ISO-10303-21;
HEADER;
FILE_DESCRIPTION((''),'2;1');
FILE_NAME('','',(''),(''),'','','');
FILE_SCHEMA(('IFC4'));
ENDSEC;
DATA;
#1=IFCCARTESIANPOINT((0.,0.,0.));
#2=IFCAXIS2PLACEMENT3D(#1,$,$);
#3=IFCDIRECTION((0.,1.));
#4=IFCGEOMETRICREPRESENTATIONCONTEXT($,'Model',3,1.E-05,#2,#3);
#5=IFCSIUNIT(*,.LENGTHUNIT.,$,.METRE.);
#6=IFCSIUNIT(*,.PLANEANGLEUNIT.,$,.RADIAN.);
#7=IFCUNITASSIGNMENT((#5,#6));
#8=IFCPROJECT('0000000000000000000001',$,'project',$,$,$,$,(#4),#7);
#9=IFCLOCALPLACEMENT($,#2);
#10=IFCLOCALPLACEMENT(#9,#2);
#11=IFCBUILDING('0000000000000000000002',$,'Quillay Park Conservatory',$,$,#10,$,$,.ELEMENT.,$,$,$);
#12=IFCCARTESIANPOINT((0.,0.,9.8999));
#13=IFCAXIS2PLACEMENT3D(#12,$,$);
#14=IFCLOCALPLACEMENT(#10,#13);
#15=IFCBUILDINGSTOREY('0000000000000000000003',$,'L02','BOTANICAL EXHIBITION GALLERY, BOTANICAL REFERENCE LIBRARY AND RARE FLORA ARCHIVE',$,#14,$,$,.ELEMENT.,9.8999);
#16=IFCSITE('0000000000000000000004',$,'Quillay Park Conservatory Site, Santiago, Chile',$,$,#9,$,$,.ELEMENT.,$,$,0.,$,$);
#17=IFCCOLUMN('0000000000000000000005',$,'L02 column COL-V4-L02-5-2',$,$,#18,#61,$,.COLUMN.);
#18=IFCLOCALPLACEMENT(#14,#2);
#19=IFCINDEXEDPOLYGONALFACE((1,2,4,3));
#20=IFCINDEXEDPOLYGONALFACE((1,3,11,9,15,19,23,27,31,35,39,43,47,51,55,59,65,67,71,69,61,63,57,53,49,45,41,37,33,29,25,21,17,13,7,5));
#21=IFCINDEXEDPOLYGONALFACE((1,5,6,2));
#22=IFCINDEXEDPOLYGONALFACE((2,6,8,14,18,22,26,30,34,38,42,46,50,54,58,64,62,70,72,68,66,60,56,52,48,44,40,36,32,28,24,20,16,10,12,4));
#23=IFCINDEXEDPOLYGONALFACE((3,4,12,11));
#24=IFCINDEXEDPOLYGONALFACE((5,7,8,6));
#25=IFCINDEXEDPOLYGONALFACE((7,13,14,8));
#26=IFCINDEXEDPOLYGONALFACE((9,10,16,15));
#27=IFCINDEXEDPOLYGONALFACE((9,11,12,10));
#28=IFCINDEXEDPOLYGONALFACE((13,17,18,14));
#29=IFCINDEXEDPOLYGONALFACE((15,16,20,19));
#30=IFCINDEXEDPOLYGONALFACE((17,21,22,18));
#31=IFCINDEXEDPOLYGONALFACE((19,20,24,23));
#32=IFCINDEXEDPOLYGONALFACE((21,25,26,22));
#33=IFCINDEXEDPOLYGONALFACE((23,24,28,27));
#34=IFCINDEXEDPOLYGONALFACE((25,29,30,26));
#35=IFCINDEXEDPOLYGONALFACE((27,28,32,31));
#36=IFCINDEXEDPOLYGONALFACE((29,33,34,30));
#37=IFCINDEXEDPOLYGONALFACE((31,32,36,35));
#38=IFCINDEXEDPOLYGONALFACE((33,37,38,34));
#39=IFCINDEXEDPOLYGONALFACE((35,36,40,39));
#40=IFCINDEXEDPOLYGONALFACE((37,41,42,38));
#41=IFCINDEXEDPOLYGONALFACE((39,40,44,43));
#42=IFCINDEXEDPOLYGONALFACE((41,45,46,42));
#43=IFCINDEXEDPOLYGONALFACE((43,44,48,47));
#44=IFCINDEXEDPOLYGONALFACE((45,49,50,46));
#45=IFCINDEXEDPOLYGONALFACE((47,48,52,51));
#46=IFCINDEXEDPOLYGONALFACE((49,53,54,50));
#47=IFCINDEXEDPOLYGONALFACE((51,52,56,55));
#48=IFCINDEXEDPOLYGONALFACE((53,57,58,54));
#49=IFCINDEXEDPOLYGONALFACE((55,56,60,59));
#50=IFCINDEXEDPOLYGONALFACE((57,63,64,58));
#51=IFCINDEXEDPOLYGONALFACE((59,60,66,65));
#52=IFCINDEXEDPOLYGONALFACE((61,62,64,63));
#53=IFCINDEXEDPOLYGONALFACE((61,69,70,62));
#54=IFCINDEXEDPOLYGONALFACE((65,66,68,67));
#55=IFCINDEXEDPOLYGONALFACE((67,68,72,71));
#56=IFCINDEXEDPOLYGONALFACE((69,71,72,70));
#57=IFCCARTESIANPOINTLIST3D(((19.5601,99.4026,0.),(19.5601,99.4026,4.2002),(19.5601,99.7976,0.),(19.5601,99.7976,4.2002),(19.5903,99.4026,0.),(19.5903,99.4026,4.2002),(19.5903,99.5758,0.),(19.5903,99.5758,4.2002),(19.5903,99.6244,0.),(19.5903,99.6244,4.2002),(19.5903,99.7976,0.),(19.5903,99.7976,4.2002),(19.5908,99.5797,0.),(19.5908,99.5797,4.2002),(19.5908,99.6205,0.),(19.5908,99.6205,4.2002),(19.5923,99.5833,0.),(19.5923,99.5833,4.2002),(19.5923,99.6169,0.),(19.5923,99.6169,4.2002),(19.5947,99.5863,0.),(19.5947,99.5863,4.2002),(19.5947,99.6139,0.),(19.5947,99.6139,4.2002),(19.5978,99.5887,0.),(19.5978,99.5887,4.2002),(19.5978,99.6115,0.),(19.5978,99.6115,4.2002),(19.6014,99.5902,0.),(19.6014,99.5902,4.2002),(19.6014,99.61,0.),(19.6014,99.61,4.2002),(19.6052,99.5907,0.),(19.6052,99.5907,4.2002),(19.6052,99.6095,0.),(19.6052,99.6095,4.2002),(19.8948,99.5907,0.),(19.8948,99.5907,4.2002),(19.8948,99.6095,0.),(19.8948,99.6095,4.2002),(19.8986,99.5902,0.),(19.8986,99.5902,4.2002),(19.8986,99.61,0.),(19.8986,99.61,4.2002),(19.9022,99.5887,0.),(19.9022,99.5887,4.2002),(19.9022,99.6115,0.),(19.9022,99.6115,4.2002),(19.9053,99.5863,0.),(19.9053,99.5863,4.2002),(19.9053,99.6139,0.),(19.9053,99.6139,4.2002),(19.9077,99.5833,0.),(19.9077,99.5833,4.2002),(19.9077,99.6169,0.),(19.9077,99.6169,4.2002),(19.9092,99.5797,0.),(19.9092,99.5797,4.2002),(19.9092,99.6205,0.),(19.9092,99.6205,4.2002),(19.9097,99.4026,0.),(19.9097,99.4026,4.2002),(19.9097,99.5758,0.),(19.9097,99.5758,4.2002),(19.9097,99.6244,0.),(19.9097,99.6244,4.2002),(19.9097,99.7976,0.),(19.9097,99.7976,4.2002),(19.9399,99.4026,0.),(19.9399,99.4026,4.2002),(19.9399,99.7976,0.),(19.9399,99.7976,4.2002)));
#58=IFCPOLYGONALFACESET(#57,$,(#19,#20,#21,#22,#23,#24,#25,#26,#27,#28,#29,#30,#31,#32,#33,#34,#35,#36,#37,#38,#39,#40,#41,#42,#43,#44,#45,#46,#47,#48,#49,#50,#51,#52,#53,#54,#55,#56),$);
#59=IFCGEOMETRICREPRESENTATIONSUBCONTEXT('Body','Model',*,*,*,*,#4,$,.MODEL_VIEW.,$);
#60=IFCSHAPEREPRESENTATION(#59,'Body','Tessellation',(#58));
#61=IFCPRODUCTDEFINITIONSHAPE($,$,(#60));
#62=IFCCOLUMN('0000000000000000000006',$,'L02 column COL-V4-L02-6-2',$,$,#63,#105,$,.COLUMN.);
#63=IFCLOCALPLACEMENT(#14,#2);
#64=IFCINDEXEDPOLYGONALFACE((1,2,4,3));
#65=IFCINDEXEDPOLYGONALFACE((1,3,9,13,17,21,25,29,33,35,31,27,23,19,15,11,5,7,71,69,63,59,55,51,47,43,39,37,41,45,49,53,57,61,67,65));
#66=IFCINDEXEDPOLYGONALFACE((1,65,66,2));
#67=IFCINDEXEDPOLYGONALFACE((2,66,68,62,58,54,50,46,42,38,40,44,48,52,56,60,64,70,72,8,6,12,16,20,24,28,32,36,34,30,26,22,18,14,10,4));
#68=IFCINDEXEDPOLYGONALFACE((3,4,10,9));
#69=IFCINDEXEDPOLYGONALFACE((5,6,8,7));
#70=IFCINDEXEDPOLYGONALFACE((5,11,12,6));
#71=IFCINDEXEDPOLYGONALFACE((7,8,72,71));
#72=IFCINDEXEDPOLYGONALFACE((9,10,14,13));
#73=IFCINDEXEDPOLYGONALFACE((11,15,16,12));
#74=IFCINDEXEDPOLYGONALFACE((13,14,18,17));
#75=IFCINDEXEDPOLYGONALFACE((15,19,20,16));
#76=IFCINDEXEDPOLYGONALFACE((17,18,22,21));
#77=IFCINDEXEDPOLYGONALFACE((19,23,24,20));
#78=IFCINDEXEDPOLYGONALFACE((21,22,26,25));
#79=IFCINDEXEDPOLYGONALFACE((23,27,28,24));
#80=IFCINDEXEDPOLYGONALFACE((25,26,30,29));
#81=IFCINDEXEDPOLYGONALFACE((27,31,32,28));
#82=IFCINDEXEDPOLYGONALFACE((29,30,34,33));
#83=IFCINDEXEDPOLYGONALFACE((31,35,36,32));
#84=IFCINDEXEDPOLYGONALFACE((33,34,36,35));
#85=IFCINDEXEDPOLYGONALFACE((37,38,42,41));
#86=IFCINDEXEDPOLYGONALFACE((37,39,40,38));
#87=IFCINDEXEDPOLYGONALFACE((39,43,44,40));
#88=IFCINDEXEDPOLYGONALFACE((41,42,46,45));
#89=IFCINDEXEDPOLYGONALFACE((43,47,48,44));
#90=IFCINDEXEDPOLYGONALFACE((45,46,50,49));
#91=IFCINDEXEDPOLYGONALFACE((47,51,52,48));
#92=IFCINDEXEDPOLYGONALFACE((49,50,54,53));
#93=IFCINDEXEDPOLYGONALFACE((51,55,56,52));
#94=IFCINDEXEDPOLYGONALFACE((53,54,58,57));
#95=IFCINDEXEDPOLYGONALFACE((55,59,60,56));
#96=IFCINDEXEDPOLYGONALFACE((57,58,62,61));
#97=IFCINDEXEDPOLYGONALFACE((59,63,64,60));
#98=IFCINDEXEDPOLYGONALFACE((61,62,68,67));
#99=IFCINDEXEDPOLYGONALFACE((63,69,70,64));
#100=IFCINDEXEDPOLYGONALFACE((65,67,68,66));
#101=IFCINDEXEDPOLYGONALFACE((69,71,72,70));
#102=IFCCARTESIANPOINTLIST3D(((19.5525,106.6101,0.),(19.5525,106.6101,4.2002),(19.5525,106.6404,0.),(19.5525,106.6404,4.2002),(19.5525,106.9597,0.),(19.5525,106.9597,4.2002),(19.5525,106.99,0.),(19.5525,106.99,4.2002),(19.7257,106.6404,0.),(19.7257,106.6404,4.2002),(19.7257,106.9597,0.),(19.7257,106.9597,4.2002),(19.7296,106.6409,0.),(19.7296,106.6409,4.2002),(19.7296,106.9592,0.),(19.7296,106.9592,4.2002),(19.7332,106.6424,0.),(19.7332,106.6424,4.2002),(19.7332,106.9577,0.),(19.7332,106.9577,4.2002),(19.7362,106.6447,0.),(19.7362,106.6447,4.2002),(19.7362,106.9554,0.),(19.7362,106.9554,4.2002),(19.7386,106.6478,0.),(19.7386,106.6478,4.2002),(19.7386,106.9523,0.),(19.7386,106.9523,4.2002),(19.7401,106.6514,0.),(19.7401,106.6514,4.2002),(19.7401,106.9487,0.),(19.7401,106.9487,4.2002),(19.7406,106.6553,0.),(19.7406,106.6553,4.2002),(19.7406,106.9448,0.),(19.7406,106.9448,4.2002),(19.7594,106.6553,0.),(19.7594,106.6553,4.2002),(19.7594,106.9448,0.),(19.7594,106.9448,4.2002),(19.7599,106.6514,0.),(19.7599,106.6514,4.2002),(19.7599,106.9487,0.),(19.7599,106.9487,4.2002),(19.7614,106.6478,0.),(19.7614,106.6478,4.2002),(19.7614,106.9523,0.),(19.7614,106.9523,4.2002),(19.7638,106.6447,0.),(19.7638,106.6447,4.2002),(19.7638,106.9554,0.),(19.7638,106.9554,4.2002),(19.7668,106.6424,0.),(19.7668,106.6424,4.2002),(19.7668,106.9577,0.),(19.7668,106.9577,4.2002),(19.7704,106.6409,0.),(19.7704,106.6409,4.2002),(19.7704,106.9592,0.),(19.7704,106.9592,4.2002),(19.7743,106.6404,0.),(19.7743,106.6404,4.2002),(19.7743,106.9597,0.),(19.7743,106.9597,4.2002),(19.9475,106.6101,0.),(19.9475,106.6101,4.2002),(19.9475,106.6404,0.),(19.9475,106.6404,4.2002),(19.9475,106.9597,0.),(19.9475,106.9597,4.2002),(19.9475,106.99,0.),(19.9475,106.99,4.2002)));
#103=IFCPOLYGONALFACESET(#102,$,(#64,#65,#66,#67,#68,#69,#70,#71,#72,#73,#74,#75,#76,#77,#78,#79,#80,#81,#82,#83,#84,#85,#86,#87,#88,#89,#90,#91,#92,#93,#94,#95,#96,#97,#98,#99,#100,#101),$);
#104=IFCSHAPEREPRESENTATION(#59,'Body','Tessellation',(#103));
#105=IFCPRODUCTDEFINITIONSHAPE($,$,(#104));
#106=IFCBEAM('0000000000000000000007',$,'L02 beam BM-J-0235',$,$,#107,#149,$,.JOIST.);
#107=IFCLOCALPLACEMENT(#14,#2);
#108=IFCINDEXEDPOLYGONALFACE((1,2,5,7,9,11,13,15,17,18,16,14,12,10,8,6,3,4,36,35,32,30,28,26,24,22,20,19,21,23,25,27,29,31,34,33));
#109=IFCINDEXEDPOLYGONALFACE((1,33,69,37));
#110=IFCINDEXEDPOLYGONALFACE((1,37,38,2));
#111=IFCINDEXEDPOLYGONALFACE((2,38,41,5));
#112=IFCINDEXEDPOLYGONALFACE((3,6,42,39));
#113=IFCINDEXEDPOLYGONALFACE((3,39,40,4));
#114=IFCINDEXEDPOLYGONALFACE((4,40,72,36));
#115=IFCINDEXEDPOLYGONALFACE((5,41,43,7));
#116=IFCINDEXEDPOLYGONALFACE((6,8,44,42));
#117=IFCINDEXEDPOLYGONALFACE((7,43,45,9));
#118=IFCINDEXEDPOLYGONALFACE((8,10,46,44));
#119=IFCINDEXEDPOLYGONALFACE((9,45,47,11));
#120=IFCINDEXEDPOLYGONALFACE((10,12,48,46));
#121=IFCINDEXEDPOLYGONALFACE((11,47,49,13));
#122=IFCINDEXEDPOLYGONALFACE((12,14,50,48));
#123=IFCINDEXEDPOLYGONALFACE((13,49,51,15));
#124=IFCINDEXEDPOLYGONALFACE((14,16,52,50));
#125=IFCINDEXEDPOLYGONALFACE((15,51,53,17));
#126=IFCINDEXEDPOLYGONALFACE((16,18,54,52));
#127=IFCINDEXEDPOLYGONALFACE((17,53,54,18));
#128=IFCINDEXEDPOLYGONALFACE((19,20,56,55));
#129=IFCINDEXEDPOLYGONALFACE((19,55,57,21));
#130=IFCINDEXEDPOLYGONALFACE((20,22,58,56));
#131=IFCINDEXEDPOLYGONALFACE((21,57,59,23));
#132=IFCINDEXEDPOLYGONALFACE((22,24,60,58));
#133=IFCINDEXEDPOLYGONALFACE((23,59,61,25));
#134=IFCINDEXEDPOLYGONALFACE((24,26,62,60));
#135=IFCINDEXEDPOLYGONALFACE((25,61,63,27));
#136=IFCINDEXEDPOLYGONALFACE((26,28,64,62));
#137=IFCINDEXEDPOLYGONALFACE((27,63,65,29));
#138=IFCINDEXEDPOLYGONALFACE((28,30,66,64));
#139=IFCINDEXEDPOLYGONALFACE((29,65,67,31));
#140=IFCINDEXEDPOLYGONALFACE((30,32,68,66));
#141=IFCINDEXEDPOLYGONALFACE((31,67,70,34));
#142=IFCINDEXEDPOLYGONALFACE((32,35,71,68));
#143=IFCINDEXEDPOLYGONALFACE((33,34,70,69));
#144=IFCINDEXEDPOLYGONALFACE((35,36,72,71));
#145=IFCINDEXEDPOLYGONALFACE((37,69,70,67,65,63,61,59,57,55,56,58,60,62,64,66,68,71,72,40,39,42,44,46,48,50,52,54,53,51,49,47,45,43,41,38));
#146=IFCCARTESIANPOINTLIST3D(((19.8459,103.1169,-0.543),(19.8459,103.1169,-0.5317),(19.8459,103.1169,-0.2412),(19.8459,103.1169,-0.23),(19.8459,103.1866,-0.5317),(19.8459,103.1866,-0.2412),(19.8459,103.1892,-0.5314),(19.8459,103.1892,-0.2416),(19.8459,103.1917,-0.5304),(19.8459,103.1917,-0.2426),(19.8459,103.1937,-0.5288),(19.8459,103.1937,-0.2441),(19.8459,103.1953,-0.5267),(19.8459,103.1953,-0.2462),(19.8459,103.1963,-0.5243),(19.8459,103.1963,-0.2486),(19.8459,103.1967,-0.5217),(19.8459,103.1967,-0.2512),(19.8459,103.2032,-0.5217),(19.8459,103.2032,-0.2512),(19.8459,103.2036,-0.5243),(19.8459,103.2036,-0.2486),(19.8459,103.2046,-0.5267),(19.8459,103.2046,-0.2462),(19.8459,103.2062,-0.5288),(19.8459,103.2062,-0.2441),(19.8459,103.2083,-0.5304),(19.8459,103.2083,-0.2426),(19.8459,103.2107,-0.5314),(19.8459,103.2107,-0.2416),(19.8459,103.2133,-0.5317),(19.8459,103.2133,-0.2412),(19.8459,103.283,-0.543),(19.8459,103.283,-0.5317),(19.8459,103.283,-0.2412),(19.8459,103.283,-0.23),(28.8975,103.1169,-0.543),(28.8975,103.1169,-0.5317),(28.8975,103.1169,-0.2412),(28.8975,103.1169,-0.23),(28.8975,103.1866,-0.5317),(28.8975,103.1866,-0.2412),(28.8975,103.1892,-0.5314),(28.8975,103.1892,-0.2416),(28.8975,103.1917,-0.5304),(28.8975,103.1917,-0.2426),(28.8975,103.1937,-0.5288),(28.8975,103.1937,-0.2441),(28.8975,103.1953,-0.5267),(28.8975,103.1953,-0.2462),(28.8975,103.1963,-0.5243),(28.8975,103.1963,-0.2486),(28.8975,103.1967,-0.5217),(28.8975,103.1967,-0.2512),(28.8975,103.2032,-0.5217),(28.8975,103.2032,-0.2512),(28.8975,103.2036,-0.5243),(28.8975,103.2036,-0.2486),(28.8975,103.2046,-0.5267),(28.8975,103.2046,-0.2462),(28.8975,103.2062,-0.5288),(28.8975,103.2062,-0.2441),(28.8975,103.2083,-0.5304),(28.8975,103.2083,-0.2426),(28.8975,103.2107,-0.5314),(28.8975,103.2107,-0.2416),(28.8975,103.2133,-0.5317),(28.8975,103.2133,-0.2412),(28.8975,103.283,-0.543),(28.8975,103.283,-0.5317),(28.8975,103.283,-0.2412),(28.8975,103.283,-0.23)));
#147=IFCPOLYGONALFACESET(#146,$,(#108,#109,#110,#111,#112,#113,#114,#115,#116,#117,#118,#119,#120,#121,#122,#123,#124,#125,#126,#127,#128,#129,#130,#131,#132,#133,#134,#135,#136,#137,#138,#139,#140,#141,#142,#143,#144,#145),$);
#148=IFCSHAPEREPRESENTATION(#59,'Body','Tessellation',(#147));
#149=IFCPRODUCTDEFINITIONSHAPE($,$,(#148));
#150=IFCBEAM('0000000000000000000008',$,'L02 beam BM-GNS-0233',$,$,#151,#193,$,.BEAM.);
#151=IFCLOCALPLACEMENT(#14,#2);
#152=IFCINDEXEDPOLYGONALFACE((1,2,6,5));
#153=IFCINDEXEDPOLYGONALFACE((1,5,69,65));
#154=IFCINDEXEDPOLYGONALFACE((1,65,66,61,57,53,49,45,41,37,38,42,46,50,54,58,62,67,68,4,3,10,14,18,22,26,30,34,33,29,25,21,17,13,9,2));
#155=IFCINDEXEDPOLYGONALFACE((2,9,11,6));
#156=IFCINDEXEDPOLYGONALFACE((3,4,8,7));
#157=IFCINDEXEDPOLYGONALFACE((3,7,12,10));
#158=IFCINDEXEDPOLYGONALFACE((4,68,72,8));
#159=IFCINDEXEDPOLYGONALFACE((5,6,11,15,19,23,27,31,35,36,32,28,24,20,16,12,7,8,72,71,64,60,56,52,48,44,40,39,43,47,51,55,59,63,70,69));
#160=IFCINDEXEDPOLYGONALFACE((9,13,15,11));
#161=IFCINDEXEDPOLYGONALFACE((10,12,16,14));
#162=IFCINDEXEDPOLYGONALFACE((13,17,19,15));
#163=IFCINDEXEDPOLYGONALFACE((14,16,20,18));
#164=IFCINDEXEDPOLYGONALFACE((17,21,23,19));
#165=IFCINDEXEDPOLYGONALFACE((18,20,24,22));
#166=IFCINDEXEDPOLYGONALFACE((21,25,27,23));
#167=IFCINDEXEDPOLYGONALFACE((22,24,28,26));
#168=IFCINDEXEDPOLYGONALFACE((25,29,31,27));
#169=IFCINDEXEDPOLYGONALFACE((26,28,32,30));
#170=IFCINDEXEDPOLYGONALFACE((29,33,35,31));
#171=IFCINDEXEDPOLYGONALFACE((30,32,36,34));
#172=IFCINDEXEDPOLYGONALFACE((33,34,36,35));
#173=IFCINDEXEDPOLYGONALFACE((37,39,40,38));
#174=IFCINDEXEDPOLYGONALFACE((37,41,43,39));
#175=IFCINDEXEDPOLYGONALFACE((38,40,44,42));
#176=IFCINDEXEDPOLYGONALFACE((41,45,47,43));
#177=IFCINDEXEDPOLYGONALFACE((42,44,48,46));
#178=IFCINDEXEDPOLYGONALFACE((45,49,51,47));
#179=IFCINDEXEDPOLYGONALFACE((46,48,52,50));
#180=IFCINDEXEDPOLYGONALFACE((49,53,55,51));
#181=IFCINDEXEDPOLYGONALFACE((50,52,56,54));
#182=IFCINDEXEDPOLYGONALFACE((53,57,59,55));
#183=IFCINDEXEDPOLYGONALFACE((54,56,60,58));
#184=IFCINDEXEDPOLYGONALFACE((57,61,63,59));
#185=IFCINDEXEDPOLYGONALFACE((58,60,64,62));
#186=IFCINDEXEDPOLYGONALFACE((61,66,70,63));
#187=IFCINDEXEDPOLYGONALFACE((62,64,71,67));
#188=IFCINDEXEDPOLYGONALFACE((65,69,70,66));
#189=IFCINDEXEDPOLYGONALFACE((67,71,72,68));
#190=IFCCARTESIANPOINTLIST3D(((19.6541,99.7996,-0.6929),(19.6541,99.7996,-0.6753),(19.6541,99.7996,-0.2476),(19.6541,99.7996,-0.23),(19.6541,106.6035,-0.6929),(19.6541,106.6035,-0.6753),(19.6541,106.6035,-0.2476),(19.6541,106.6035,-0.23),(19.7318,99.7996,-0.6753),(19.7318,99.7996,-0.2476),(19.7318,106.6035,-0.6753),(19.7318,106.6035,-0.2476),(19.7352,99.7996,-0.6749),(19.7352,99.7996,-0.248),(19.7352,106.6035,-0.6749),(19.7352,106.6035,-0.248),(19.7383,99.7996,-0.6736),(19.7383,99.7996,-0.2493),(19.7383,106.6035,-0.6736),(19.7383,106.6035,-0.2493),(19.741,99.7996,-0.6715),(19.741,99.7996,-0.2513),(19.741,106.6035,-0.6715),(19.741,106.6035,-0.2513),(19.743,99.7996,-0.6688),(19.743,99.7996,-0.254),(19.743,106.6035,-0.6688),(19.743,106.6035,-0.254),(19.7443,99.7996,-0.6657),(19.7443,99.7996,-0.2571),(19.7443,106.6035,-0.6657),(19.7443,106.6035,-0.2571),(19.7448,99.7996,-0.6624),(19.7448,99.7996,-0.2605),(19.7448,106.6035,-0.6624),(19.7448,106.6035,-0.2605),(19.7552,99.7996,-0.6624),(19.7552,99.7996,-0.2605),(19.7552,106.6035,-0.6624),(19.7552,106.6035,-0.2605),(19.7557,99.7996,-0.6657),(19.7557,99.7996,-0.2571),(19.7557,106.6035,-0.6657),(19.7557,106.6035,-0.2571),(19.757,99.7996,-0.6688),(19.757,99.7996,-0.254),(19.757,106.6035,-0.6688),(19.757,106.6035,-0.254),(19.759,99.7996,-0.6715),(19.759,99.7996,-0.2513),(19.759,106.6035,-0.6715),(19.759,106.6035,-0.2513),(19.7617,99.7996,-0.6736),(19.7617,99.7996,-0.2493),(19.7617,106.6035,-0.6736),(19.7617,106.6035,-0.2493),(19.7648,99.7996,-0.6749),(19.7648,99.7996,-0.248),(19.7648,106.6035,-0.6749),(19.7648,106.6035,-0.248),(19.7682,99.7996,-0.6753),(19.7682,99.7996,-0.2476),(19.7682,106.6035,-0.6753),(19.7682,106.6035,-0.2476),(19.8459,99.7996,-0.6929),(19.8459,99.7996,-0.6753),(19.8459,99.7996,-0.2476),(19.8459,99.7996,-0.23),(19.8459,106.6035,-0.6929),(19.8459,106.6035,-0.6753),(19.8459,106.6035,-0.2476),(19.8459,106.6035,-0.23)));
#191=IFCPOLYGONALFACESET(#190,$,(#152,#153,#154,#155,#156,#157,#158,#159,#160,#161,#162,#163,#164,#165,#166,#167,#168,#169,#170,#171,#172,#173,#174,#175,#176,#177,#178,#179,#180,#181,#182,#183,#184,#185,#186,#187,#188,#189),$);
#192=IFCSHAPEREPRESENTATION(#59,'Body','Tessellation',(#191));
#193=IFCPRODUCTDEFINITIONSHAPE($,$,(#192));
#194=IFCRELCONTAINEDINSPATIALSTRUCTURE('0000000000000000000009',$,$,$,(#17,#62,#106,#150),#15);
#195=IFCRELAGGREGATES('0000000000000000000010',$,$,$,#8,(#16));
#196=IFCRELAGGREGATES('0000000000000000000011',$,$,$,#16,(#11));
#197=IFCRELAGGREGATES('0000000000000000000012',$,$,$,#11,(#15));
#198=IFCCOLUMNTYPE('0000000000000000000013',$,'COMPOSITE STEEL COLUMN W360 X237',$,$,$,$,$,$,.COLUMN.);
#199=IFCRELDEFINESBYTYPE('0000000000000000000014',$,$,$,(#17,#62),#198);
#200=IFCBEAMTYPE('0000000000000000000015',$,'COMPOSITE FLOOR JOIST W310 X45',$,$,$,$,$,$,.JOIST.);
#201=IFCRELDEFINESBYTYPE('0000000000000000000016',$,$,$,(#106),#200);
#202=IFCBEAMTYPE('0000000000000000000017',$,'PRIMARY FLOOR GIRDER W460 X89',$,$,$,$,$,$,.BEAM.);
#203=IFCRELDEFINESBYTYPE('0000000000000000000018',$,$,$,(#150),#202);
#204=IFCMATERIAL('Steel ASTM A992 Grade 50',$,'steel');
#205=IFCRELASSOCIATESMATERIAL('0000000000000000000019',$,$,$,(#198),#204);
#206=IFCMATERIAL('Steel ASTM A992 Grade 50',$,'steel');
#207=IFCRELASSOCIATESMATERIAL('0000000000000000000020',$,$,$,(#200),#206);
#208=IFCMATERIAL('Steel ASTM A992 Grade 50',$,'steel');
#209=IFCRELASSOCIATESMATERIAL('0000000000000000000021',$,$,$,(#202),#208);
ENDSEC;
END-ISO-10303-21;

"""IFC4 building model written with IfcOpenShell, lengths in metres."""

from ifc_helpers import new_model, si_unit, direction, frame, origin, origin_2d, place, context, subcontext, project, spatial, i_section, extrude, material, material_profile, profile_set, type_object, element, save


model = new_model("IFC4")

# Units and contexts
model_context = context("Model", 3, precision=1e-05, world=origin(), true_north=direction((0.0, 1.0)))
body_context = subcontext(model_context, "Body", "Model", "MODEL_VIEW")
ifc_project = project(units=[si_unit("LENGTHUNIT", "METRE"), si_unit("PLANEANGLEUNIT", "RADIAN")], contexts=[model_context])

# Site, building, storey
site_placement = place(None, origin())
site = spatial("IfcSite", under=ifc_project, at=site_placement, Name="Quillay Park Conservatory Site, Santiago, Chile", CompositionType="ELEMENT", RefElevation=0.0)
building_placement = place(site_placement, origin())
building = spatial("IfcBuilding", under=site, at=building_placement, Name="Quillay Park Conservatory", CompositionType="ELEMENT")
storey_placement = place(building_placement, frame((0.0, 0.0, 9.8999)))
storey = spatial("IfcBuildingStorey", under=building, at=storey_placement, Name="L02", Description="BOTANICAL EXHIBITION GALLERY, BOTANICAL REFERENCE LIBRARY AND RARE FLORA ARCHIVE", CompositionType="ELEMENT", Elevation=9.8999)

# Columns
ifc_material_1 = material(Name="Steel ASTM A992 Grade 50", Category="steel")
ifc_material_profile_1 = material_profile(ifc_material_1, i_section(OverallWidth=0.395, OverallDepth=0.3799, WebThickness=0.0188, FlangeThickness=0.0303, FilletRadius=0.0149, at=origin_2d()), Name="W360x237")
ifc_profile_set_1 = profile_set([ifc_material_profile_1], Name="Steel ASTM A992 Grade 50")
column_type = type_object("IfcColumnType", Name="COMPOSITE STEEL COLUMN W360 X237", PredefinedType="COLUMN", material=ifc_profile_set_1)
for number, where, z_axis, x_axis, name in (
    (1, (19.75, 99.6001, 0.0), (0.0, 0.0, 1.0), (0.0, 1.0, 0.0), "L02 column COL-V4-L02-5-2"),
    (2, (19.75, 106.8, 0.0), (0.0, 0.0, 1.0), (1.0, 0.0, 0.0), "L02 column COL-V4-L02-6-2"),
):
    element("IfcColumn", number, at=place(storey_placement, frame(where, z_axis=z_axis, x_axis=x_axis)), inside=storey, type_object=column_type, Name=name, PredefinedType="COLUMN", context=body_context, shape_type="SweptSolid", body=[
        extrude(i_section(OverallWidth=0.395, OverallDepth=0.3799, WebThickness=0.0188, FlangeThickness=0.0303, FilletRadius=0.0149, at=origin_2d()), origin(), (0.0, 0.0, 1.0), 4.2002),
    ])

# Beams
ifc_material_2 = material(Name="Steel ASTM A992 Grade 50", Category="steel")
ifc_material_profile_2 = material_profile(ifc_material_2, i_section(OverallWidth=0.166, OverallDepth=0.313, WebThickness=0.0066, FlangeThickness=0.0112, FilletRadius=0.01, at=origin_2d()), Name="W310x45")
ifc_profile_set_2 = profile_set([ifc_material_profile_2], Name="Steel ASTM A992 Grade 50")
beam_type_1 = type_object("IfcBeamType", Name="COMPOSITE FLOOR JOIST W310 X45", PredefinedType="JOIST", material=ifc_profile_set_2)
beam_1_placement = place(storey_placement, frame((19.8459, 103.2, -0.3865), z_axis=(1.0, 0.0, 0.0), x_axis=(0.0, 1.0, 0.0)))
element("IfcBeam", 3, at=beam_1_placement, inside=storey, type_object=beam_type_1, Name="L02 beam BM-J-0235", PredefinedType="JOIST", context=body_context, shape_type="SweptSolid", body=[
    extrude(i_section(OverallWidth=0.166, OverallDepth=0.313, WebThickness=0.0066, FlangeThickness=0.0112, FilletRadius=0.01, at=origin_2d()), origin(), (0.0, 0.0, 1.0), 9.0515),
])
ifc_material_3 = material(Name="Steel ASTM A992 Grade 50", Category="steel")
ifc_material_profile_3 = material_profile(ifc_material_3, i_section(OverallWidth=0.1919, OverallDepth=0.4629, WebThickness=0.0105, FlangeThickness=0.0176, FilletRadius=0.0129, at=origin_2d()), Name="W460x89")
ifc_profile_set_3 = profile_set([ifc_material_profile_3], Name="Steel ASTM A992 Grade 50")
beam_type_2 = type_object("IfcBeamType", Name="PRIMARY FLOOR GIRDER W460 X89", PredefinedType="BEAM", material=ifc_profile_set_3)
beam_2_placement = place(storey_placement, frame((19.75, 99.7996, -0.4614), z_axis=(0.0, 1.0, 0.0), x_axis=(-1.0, 0.0, 0.0)))
element("IfcBeam", 4, at=beam_2_placement, inside=storey, type_object=beam_type_2, Name="L02 beam BM-GNS-0233", PredefinedType="BEAM", context=body_context, shape_type="SweptSolid", body=[
    extrude(i_section(OverallWidth=0.1919, OverallDepth=0.4629, WebThickness=0.0105, FlangeThickness=0.0176, FilletRadius=0.0129, at=origin_2d()), origin(), (0.0, 0.0, 1.0), 6.804),
])

save(model, "model.ifc")
